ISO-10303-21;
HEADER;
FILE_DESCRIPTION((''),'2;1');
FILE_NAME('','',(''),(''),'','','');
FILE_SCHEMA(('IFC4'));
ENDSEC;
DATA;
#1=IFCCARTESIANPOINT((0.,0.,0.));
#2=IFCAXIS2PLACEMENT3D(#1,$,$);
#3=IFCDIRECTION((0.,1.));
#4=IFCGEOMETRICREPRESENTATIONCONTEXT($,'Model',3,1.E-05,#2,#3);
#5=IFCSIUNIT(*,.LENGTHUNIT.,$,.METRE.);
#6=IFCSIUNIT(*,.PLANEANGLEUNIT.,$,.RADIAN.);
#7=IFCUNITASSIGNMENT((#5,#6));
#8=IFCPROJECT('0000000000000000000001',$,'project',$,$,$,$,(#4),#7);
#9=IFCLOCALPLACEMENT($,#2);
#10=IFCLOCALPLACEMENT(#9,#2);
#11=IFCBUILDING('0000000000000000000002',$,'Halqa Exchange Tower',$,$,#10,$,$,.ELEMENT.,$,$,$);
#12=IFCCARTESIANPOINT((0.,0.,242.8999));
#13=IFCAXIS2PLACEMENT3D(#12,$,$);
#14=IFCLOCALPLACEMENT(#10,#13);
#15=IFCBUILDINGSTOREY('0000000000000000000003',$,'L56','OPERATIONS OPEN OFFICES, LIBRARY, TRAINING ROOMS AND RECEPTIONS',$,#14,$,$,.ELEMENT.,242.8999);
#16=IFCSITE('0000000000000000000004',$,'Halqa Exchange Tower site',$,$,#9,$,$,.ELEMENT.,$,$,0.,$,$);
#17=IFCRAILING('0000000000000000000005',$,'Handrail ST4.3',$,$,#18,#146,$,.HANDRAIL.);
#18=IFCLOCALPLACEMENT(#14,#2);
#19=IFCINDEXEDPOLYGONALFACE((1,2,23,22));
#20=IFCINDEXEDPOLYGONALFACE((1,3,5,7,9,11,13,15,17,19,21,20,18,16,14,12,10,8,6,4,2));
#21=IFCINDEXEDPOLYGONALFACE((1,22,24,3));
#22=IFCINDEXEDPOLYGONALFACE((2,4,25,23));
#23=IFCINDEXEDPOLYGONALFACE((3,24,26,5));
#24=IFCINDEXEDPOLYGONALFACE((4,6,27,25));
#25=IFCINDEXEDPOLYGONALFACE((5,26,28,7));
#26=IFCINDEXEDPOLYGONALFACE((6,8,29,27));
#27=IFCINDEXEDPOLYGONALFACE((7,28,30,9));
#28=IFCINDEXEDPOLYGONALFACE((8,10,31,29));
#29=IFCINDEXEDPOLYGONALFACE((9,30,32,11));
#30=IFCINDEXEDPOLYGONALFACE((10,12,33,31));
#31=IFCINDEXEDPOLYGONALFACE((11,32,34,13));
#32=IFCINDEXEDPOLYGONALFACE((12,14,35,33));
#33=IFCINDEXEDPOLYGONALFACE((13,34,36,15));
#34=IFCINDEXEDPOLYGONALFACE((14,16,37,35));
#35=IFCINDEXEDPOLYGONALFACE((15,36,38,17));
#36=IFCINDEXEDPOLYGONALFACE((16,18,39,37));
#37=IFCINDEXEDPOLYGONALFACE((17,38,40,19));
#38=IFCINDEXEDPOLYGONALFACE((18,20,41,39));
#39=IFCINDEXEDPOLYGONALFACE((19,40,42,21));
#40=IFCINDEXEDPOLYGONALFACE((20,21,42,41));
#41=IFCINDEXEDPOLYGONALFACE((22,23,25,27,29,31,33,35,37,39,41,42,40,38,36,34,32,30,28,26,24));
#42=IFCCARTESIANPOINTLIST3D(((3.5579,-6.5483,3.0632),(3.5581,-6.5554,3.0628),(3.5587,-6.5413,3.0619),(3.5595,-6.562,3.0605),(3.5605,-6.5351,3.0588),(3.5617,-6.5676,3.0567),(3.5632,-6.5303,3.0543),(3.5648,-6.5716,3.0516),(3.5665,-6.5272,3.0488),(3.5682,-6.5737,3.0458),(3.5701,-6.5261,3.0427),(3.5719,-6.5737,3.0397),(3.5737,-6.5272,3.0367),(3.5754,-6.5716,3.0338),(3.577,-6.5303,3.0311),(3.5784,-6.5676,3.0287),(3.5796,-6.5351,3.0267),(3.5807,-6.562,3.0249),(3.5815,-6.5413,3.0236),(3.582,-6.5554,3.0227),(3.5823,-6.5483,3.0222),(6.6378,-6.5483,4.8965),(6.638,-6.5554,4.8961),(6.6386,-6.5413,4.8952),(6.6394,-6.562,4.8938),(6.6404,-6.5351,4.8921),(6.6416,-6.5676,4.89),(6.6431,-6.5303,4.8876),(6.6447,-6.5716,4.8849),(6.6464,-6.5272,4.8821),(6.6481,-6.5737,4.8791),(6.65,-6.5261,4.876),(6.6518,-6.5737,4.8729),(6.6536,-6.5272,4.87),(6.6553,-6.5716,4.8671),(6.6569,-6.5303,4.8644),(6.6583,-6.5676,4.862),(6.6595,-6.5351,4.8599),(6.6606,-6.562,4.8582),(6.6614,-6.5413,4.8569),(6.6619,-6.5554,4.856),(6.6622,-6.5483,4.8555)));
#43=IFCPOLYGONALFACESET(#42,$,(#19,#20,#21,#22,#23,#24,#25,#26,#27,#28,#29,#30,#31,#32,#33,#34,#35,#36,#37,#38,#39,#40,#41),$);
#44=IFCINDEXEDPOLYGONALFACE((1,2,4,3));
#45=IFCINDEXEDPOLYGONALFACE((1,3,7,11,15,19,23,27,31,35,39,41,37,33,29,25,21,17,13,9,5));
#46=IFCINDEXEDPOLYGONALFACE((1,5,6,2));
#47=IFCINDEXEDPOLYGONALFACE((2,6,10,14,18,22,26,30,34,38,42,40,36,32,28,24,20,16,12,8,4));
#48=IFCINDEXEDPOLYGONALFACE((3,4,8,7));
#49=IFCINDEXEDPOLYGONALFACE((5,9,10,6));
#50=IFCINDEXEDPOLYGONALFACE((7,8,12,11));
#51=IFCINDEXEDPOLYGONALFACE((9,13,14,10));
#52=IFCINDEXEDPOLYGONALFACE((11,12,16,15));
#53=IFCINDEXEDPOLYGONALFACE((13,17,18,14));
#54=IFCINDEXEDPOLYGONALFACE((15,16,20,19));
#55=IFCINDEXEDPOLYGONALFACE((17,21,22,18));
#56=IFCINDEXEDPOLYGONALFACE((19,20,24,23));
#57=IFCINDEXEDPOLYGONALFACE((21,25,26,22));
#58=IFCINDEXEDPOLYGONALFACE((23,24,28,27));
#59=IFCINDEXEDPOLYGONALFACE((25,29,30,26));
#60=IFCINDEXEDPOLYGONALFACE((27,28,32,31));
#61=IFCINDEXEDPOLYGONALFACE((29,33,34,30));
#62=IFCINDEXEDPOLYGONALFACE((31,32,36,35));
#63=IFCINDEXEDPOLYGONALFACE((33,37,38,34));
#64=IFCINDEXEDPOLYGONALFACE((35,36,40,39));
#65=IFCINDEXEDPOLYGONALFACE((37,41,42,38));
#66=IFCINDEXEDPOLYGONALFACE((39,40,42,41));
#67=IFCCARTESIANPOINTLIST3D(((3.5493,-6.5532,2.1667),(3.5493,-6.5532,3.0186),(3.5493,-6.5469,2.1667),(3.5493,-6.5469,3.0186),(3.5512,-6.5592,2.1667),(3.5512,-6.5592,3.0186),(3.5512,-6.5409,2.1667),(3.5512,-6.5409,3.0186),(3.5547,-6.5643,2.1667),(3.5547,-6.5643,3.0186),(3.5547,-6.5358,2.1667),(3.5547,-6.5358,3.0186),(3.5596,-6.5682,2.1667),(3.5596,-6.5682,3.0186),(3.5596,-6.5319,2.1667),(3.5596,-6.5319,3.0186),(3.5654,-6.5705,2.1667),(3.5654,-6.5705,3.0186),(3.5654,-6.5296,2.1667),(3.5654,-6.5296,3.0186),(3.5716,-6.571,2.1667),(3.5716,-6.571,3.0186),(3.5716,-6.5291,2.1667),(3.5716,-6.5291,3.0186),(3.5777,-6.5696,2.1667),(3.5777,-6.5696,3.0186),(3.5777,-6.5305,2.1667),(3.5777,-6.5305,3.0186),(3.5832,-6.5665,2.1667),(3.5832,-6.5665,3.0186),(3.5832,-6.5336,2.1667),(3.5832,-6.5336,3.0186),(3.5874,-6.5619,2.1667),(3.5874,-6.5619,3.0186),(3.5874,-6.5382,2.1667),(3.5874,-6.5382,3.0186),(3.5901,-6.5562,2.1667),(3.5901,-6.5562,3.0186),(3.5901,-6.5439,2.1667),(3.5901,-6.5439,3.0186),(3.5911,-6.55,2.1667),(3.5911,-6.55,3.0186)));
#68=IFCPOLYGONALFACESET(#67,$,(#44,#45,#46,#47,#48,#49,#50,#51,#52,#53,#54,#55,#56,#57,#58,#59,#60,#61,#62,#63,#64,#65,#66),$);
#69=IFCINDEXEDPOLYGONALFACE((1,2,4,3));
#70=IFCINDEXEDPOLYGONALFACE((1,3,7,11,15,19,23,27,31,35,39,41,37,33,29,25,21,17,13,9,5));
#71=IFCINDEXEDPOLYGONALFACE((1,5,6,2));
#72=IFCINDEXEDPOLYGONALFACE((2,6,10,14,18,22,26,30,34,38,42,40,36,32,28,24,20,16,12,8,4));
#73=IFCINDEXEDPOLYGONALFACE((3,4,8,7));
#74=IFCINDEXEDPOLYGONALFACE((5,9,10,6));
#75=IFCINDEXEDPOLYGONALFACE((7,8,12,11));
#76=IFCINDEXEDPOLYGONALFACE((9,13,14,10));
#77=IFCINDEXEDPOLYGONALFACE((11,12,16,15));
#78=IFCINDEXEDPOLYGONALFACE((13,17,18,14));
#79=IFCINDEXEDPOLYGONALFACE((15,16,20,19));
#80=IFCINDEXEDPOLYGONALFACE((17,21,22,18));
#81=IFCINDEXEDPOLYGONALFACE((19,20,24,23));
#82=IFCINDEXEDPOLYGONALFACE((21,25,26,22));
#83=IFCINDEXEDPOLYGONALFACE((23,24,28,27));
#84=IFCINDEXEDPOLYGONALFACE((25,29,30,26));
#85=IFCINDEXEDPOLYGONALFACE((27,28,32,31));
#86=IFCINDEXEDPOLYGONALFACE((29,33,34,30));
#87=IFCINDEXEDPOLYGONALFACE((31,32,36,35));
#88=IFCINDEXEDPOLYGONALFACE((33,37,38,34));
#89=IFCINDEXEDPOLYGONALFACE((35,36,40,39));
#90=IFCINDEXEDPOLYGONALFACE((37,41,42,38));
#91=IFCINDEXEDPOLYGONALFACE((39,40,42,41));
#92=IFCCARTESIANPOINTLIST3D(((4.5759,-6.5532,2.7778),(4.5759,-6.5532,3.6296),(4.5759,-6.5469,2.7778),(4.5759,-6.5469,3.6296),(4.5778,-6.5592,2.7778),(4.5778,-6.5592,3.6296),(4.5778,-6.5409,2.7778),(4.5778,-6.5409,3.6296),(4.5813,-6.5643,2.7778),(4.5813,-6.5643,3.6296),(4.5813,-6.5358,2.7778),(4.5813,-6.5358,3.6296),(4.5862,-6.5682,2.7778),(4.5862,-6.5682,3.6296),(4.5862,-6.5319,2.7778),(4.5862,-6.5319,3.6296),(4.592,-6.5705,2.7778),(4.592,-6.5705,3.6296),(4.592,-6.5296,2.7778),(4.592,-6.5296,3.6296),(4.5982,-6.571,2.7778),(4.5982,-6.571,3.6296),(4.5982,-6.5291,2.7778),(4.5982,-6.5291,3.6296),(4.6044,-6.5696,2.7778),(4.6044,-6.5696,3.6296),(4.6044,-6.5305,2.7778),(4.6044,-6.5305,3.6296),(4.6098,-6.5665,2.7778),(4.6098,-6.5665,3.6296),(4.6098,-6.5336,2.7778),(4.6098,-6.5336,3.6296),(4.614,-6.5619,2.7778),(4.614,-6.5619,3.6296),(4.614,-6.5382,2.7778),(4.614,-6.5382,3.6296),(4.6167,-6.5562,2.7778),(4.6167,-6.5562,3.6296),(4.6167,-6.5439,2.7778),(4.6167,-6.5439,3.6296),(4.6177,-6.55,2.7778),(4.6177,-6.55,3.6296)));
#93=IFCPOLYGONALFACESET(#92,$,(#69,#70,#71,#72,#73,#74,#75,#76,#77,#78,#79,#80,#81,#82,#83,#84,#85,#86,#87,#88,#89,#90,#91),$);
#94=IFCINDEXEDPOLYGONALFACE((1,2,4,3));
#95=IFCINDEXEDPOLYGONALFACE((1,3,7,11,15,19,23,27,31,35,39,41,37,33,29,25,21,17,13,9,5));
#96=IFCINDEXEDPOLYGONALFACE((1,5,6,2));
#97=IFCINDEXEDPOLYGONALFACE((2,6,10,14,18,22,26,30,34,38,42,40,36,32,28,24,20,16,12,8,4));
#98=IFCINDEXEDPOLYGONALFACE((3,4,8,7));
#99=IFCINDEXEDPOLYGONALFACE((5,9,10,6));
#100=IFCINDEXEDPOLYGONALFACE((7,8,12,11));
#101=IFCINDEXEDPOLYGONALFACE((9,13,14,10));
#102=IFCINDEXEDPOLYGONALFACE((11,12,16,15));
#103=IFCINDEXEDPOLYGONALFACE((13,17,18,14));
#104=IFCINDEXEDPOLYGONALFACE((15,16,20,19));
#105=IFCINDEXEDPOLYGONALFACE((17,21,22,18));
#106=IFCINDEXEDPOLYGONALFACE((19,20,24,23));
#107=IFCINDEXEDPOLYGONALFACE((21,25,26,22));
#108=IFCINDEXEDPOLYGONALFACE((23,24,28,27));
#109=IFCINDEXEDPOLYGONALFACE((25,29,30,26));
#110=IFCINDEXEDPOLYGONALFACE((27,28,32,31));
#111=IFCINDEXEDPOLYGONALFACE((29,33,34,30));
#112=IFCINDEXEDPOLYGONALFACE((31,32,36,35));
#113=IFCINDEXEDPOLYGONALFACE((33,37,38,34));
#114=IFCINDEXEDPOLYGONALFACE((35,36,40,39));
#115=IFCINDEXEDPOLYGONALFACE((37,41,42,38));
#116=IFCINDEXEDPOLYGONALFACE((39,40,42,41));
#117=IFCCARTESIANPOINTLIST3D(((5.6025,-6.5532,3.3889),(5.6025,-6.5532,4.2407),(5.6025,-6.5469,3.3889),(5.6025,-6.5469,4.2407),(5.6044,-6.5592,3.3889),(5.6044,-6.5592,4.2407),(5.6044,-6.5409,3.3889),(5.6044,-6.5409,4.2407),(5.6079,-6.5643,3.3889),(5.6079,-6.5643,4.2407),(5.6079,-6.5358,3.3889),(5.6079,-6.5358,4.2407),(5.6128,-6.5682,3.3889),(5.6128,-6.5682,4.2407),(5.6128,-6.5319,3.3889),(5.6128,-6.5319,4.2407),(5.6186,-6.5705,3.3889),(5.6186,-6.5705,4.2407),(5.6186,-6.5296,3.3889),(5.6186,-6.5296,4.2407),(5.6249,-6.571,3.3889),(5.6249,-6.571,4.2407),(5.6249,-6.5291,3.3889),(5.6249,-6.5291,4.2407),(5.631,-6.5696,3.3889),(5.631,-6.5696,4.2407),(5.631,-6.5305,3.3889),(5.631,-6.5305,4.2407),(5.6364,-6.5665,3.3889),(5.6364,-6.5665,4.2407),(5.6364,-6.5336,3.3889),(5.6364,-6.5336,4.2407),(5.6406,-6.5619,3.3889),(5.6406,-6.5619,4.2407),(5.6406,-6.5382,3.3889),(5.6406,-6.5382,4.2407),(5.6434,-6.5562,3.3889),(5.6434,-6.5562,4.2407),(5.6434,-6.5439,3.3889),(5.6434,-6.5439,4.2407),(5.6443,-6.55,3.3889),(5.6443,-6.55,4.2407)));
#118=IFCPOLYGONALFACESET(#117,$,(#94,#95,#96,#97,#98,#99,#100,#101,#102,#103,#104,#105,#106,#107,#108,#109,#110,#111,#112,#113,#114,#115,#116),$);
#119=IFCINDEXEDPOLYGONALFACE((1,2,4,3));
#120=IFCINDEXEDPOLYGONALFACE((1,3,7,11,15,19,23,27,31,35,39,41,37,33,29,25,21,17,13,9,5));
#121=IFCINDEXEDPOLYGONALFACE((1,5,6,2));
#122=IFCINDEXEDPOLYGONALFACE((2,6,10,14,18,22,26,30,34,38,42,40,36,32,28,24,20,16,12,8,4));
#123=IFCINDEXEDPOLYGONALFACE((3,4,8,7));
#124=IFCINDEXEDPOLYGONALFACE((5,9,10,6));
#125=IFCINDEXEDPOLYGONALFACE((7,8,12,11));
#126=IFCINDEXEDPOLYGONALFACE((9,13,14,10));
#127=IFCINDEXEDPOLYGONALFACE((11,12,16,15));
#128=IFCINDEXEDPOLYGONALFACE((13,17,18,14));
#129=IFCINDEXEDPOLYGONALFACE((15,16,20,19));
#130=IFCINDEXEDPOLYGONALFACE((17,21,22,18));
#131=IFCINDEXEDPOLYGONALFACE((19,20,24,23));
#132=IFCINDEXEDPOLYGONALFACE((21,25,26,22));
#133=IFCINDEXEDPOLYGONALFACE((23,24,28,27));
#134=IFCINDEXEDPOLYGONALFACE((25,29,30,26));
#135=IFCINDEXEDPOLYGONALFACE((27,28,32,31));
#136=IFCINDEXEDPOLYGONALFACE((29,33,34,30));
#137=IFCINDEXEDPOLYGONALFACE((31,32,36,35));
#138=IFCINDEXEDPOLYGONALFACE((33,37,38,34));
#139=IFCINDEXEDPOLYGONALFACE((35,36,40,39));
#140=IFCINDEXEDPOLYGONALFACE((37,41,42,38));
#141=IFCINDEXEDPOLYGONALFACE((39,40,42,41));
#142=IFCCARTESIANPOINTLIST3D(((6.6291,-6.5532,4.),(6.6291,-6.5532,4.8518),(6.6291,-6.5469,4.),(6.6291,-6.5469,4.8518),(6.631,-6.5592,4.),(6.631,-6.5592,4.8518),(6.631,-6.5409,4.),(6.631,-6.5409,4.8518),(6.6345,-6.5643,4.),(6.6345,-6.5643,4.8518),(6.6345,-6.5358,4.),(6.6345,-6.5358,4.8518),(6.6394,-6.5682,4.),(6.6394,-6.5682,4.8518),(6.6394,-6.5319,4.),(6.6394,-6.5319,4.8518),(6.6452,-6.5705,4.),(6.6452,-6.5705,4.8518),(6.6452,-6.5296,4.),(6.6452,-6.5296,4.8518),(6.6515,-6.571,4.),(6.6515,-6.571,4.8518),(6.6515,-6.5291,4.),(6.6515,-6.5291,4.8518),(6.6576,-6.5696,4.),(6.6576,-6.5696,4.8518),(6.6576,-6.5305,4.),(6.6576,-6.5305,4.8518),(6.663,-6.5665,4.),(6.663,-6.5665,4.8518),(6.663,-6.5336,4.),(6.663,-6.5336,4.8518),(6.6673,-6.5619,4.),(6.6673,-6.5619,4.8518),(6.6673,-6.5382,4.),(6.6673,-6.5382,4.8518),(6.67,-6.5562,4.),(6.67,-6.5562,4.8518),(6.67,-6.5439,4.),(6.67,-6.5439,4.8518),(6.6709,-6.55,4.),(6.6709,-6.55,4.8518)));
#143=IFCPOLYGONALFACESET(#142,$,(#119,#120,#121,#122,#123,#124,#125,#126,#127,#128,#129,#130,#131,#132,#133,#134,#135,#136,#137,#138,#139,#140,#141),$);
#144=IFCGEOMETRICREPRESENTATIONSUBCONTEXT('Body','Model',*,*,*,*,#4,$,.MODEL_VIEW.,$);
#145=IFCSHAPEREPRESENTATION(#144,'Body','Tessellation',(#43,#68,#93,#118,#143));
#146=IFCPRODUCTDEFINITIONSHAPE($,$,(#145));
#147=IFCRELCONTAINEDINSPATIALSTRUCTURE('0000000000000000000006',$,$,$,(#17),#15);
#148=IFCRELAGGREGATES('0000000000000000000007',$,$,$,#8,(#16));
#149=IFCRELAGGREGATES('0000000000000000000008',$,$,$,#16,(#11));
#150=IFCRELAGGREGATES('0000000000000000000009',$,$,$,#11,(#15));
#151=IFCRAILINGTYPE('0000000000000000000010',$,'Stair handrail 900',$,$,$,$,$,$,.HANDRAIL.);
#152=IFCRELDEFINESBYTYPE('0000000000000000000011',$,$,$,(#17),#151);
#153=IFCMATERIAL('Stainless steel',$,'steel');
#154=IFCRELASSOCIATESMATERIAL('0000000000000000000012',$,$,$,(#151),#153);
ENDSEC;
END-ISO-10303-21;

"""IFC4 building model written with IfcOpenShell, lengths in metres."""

from ifc_helpers import new_model, si_unit, direction, frame, origin, origin_2d, place, context, subcontext, project, spatial, circle, extrude, material, type_object, element, save


model = new_model("IFC4")

# Units and contexts
model_context = context("Model", 3, precision=1e-05, world=origin(), true_north=direction((0.0, 1.0)))
body_context = subcontext(model_context, "Body", "Model", "MODEL_VIEW")
ifc_project = project(units=[si_unit("LENGTHUNIT", "METRE"), si_unit("PLANEANGLEUNIT", "RADIAN")], contexts=[model_context])

# Site, building, storey
site_placement = place(None, origin())
site = spatial("IfcSite", under=ifc_project, at=site_placement, Name="Halqa Exchange Tower site", CompositionType="ELEMENT", RefElevation=0.0)
building_placement = place(site_placement, origin())
building = spatial("IfcBuilding", under=site, at=building_placement, Name="Halqa Exchange Tower", CompositionType="ELEMENT")
storey_placement = place(building_placement, frame((0.0, 0.0, 242.8999)))
storey = spatial("IfcBuildingStorey", under=building, at=storey_placement, Name="L56", Description="OPERATIONS OPEN OFFICES, LIBRARY, TRAINING ROOMS AND RECEPTIONS", CompositionType="ELEMENT", Elevation=242.8999)

# Railing
ifc_material_1 = material(Name="Stainless steel", Category="steel")
railing_type_1 = type_object("IfcRailingType", Name="Stair handrail 900", PredefinedType="HANDRAIL", material=ifc_material_1)
railing_1_placement = place(storey_placement, frame((3.5701, -6.55, 2.1667)))
element("IfcRailing", 1, at=railing_1_placement, inside=storey, type_object=railing_type_1, Name="Handrail ST4.3", PredefinedType="HANDRAIL", context=body_context, shape_type="SweptSolid", body=[
    extrude(circle(Radius=0.0239, at=origin_2d()), frame((0.0, 0.0, 0.876), z_axis=(0.859291, 0.0, 0.511487), x_axis=(0.0, 1.0, 0.0)), (0.0, 0.0, 1.0), 3.5842),
    extrude(circle(Radius=0.021, at=origin_2d()), origin(), (0.0, 0.0, 1.0), 0.8518),
    extrude(circle(Radius=0.021, at=origin_2d()), frame((1.0266, 0.0, 0.6111)), (0.0, 0.0, 1.0), 0.8518),
    extrude(circle(Radius=0.021, at=origin_2d()), frame((2.0532, 0.0, 1.2222)), (0.0, 0.0, 1.0), 0.8518),
    extrude(circle(Radius=0.021, at=origin_2d()), frame((3.0798, 0.0, 1.8333)), (0.0, 0.0, 1.0), 0.8518),
])

save(model, "model.ifc")
